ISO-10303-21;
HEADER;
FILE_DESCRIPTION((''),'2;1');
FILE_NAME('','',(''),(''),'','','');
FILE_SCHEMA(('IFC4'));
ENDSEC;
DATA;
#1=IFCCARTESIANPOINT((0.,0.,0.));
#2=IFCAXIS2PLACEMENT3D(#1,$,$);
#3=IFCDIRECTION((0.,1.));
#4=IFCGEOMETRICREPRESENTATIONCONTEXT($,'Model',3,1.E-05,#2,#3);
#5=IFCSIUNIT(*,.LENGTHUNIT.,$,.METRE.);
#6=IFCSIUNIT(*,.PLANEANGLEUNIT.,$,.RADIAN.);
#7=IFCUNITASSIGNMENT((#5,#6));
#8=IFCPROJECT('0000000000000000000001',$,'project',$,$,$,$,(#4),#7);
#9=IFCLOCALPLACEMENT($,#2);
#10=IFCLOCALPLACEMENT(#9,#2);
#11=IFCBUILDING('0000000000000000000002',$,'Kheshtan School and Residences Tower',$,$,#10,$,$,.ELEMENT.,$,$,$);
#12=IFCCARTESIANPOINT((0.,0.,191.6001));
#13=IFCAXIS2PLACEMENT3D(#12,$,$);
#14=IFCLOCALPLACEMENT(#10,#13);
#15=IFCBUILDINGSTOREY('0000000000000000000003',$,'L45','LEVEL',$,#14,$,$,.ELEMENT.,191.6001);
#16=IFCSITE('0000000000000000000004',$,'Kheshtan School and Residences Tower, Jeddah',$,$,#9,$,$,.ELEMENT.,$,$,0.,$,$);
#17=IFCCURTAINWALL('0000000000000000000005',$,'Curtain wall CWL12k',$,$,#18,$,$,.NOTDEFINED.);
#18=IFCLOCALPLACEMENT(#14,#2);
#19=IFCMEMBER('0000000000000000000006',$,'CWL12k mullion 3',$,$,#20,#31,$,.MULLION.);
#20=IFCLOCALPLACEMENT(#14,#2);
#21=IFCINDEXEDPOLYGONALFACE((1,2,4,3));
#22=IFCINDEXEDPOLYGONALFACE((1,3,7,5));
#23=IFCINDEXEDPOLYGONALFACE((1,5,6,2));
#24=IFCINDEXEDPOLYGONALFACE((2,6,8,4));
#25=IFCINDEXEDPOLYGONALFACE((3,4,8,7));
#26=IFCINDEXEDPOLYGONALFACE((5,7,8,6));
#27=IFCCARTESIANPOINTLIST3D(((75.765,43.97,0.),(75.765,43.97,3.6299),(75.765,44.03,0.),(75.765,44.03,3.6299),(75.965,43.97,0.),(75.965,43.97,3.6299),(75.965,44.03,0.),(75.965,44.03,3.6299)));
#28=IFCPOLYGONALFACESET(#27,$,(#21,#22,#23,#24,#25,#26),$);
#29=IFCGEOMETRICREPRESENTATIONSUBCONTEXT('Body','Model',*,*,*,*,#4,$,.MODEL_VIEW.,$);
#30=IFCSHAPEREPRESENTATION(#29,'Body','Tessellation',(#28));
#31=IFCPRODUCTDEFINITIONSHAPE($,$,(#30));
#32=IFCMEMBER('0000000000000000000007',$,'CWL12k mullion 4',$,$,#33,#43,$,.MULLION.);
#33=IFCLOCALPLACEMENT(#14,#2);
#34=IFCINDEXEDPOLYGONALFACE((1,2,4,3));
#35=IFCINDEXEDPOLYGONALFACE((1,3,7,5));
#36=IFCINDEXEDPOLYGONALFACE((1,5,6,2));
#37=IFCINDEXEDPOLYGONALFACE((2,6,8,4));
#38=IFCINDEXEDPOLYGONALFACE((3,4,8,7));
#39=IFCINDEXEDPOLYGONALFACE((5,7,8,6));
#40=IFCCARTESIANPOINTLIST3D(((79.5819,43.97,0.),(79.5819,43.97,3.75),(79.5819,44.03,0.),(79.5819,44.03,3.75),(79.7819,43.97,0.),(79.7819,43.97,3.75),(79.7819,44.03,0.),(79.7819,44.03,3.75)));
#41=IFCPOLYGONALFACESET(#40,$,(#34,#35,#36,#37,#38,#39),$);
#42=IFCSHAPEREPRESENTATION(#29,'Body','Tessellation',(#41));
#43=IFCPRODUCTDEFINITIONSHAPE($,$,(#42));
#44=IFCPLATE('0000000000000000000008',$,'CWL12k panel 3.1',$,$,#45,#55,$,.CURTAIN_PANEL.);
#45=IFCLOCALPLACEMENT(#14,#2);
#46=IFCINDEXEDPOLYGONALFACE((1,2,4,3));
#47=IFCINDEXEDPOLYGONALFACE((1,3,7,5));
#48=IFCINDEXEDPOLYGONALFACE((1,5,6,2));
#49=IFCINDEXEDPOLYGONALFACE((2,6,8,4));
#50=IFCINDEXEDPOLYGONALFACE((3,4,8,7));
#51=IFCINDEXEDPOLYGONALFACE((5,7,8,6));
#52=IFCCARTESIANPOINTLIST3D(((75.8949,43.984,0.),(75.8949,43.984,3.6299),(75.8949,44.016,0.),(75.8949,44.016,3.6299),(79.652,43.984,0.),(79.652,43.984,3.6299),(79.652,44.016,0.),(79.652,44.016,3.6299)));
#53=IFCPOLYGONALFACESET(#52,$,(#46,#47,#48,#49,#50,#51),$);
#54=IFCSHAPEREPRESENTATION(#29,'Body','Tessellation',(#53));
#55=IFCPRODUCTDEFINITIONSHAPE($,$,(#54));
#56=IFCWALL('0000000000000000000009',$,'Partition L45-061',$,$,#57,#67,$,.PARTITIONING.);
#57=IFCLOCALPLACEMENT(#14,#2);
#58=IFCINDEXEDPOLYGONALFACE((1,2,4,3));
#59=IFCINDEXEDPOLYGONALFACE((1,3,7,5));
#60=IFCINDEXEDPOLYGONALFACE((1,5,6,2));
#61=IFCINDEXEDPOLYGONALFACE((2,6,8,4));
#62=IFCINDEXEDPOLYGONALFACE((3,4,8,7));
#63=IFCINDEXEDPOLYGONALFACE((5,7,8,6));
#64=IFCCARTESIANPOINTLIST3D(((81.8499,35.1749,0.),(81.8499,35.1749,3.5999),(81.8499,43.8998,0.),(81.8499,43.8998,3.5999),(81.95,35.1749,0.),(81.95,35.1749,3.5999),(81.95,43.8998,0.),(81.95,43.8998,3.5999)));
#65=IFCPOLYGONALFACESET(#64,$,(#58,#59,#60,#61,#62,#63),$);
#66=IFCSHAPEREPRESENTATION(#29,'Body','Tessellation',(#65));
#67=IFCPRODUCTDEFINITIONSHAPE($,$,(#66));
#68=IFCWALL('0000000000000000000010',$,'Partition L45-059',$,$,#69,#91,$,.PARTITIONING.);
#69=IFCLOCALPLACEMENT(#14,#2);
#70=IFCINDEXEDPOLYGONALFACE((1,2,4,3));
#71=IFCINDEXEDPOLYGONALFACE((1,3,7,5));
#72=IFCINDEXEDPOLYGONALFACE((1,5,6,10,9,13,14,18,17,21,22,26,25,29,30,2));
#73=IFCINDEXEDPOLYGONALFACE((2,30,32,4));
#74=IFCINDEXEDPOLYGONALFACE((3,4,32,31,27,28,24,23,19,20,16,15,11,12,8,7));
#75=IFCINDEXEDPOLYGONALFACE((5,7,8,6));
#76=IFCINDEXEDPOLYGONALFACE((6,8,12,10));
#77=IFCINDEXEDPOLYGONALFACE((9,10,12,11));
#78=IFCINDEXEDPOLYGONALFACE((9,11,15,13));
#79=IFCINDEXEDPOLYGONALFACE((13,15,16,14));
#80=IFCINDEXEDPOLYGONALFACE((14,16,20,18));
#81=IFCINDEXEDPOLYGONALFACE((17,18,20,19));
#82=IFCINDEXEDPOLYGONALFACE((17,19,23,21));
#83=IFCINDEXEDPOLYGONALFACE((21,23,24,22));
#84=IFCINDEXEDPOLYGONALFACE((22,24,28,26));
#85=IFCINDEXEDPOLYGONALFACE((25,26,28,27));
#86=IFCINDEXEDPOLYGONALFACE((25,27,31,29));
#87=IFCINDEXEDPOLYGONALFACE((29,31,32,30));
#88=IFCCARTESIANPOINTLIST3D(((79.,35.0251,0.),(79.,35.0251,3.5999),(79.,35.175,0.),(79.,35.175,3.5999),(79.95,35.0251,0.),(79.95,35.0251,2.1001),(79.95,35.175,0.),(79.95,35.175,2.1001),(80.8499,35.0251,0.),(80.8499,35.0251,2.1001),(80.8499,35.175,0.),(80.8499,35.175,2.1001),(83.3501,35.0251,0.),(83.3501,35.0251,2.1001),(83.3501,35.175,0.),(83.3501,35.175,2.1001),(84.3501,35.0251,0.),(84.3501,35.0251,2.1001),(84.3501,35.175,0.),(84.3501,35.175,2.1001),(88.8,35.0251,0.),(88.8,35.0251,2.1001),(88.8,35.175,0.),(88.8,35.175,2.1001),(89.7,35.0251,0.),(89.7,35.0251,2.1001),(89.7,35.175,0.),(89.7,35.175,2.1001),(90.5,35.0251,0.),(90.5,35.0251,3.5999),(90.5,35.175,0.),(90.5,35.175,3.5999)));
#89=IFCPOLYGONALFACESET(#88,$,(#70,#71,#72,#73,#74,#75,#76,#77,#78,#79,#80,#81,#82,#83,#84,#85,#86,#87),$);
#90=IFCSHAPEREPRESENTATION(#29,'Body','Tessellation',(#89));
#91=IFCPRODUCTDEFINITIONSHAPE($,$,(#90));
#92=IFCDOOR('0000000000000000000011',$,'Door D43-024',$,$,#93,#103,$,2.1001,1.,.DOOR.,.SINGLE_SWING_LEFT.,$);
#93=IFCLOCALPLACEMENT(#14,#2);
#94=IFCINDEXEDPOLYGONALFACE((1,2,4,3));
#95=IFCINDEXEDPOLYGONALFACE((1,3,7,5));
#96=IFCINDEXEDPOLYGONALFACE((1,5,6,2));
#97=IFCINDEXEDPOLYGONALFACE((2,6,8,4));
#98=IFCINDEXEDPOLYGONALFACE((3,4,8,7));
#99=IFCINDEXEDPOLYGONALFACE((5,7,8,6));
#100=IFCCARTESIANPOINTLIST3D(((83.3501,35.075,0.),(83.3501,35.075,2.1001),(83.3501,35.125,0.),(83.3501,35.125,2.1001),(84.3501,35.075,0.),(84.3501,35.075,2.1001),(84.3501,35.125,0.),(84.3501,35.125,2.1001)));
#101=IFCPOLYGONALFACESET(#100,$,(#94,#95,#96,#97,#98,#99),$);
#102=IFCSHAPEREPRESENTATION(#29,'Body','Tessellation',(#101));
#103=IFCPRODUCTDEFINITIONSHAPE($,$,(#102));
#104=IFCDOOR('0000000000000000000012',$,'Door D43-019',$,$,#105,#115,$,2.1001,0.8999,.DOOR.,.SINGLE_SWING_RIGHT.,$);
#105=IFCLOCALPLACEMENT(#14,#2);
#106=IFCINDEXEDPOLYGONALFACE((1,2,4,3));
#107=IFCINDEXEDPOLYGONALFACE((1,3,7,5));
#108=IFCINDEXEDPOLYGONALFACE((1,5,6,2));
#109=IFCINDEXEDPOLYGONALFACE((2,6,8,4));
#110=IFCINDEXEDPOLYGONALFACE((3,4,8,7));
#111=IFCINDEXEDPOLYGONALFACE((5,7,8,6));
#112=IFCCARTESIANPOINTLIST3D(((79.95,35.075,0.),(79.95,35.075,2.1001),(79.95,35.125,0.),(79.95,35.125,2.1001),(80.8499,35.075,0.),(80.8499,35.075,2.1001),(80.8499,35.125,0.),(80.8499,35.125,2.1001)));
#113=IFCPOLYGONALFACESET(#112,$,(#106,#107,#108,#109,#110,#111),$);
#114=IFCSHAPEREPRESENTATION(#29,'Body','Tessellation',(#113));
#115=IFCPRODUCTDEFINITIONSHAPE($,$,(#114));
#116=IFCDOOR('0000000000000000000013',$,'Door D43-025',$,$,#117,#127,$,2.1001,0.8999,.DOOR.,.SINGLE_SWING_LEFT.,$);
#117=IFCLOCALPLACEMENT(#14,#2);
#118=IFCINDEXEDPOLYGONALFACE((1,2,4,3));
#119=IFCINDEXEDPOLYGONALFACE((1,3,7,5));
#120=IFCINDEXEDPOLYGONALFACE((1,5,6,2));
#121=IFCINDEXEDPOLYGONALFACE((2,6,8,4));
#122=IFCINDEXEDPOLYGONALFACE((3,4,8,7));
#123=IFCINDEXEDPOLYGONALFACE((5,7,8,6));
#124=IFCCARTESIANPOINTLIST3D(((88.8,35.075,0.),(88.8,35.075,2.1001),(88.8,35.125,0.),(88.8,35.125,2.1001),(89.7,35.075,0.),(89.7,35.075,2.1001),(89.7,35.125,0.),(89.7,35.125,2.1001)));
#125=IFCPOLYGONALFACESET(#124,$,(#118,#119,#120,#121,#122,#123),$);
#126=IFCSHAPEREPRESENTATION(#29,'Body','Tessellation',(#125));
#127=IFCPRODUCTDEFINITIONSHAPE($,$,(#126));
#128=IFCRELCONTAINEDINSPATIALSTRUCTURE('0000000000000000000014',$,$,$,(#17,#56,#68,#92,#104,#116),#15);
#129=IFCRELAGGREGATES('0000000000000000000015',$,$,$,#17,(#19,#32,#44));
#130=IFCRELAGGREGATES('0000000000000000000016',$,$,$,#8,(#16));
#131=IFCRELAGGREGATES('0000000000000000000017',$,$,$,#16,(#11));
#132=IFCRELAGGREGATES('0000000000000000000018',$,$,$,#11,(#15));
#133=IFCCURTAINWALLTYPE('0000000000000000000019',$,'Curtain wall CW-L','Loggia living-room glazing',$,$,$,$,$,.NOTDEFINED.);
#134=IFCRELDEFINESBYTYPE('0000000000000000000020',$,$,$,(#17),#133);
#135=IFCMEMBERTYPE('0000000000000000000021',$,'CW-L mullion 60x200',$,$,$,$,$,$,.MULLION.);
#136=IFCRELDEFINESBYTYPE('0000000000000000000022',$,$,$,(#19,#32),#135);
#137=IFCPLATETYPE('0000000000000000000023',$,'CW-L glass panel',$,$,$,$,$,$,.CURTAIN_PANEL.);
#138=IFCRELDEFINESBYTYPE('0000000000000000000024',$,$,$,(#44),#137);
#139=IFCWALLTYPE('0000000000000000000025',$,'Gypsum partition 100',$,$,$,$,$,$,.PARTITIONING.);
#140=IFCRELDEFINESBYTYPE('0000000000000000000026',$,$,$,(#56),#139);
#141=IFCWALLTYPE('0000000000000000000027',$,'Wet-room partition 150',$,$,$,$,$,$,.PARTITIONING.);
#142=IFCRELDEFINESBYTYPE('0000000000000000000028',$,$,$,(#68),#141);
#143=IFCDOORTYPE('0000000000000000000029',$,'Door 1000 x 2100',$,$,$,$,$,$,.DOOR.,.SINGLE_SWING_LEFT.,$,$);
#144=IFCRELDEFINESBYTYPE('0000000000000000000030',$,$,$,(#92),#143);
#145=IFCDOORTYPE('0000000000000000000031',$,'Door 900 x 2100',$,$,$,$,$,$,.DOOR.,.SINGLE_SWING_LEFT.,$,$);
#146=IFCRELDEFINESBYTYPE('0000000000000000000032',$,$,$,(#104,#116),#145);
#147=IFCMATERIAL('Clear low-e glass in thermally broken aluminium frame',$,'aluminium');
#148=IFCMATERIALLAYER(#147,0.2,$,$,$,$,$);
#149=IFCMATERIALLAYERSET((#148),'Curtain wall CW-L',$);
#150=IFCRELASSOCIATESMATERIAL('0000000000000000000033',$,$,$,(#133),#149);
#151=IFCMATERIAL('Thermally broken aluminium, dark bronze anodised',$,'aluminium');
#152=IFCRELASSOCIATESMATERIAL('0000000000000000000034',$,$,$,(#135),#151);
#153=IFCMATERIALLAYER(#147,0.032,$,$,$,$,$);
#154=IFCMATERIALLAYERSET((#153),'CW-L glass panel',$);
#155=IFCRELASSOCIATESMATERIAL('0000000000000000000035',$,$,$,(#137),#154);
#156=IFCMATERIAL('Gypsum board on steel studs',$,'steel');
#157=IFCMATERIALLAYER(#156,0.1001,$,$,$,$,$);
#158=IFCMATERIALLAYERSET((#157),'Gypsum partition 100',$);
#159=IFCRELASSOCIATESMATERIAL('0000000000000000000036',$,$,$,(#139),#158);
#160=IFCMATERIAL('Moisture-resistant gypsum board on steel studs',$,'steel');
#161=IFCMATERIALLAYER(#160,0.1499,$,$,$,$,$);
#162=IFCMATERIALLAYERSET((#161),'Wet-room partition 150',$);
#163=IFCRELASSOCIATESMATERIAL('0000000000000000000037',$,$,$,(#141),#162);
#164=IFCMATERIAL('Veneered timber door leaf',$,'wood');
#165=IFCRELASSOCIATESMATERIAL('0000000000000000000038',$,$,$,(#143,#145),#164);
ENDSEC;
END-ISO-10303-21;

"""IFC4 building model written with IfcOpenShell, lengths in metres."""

from ifc_helpers import new_model, si_unit, direction, frame, frame_2d, origin, origin_2d, place, context, subcontext, project, spatial, rectangle, extrude, source, transform, mapped, material, layer, layer_set, material_profile, profile_set, type_object, element, fill, aggregate, save


model = new_model("IFC4")

# Units and contexts
model_context = context("Model", 3, precision=1e-05, world=origin(), true_north=direction((0.0, 1.0)))
body_context = subcontext(model_context, "Body", "Model", "MODEL_VIEW")
ifc_project = project(units=[si_unit("LENGTHUNIT", "METRE"), si_unit("PLANEANGLEUNIT", "RADIAN")], contexts=[model_context])

# Site, building, storey
site_placement = place(None, origin())
site = spatial("IfcSite", under=ifc_project, at=site_placement, Name="Kheshtan School and Residences Tower, Jeddah", CompositionType="ELEMENT", RefElevation=0.0)
building_placement = place(site_placement, origin())
building = spatial("IfcBuilding", under=site, at=building_placement, Name="Kheshtan School and Residences Tower", CompositionType="ELEMENT")
storey_placement = place(building_placement, frame((0.0, 0.0, 191.6001)))
storey = spatial("IfcBuildingStorey", under=building, at=storey_placement, Name="L45", Description="LEVEL", CompositionType="ELEMENT", Elevation=191.6001)

# Curtain wall, members, plate
ifc_material_1 = material(Name="Clear low-e glass in thermally broken aluminium frame", Category="aluminium")
ifc_layer_1 = layer(ifc_material_1, 0.2)
ifc_layer_set_1 = layer_set([ifc_layer_1], Name="Curtain wall CW-L")
curtain_wall_type = type_object("IfcCurtainWallType", Name="Curtain wall CW-L", Description="Loggia living-room glazing", PredefinedType="NOTDEFINED", material=ifc_layer_set_1)
curtain_wall_placement = place(storey_placement, origin())
curtain_wall = element("IfcCurtainWall", 1, at=curtain_wall_placement, inside=storey, type_object=curtain_wall_type, Name="Curtain wall CWL12k", PredefinedType="NOTDEFINED")
ifc_material_2 = material(Name="Thermally broken aluminium, dark bronze anodised", Category="aluminium")
ifc_material_profile_1 = material_profile(ifc_material_2, rectangle(XDim=0.0601, YDim=0.2, at=origin_2d()), Name="CW-L mullion 60x200")
ifc_profile_set_1 = profile_set([ifc_material_profile_1], Name="Thermally broken aluminium, dark bronze anodised")
member_type = type_object("IfcMemberType", Name="CW-L mullion 60x200", PredefinedType="MULLION", material=ifc_profile_set_1)
member_1_placement = place(storey_placement, frame((75.865, 44.0, 0.0), z_axis=(0.0, 0.0, 1.0), x_axis=(0.0, 1.0, 0.0)))
member_1 = element("IfcMember", 2, at=member_1_placement, type_object=member_type, Name="CWL12k mullion 3", PredefinedType="MULLION", context=body_context, shape_type="SweptSolid", body=[
    extrude(rectangle(XDim=0.0601, YDim=0.2, at=origin_2d()), origin(), (0.0, 0.0, 1.0), 3.6299),
])
member_2_placement = place(storey_placement, frame((79.6819, 44.0, 0.0), z_axis=(0.0, 0.0, 1.0), x_axis=(0.0, 1.0, 0.0)))
member_2 = element("IfcMember", 3, at=member_2_placement, type_object=member_type, Name="CWL12k mullion 4", PredefinedType="MULLION", context=body_context, shape_type="SweptSolid", body=[
    extrude(rectangle(XDim=0.0601, YDim=0.2, at=origin_2d()), origin(), (0.0, 0.0, 1.0), 3.75),
])
ifc_layer_2 = layer(ifc_material_1, 0.032)
ifc_layer_set_2 = layer_set([ifc_layer_2], Name="CW-L glass panel")
plate_type = type_object("IfcPlateType", Name="CW-L glass panel", PredefinedType="CURTAIN_PANEL", material=ifc_layer_set_2)
plate_placement = place(storey_placement, frame((77.7734, 44.0, 0.0), z_axis=(0.0, 0.0, 1.0), x_axis=(1.0, 0.0, 0.0)))
plate = element("IfcPlate", 4, at=plate_placement, type_object=plate_type, Name="CWL12k panel 3.1", PredefinedType="CURTAIN_PANEL", context=body_context, shape_type="SweptSolid", body=[
    extrude(rectangle(XDim=3.7571, YDim=0.032, at=origin_2d()), origin(), (0.0, 0.0, 1.0), 3.6299),
])
aggregate(curtain_wall, [member_1, member_2, plate])

# Wall
ifc_material_3 = material(Name="Gypsum board on steel studs", Category="steel")
ifc_layer_3 = layer(ifc_material_3, 0.1001)
ifc_layer_set_3 = layer_set([ifc_layer_3], Name="Gypsum partition 100")
wall_type_1 = type_object("IfcWallType", Name="Gypsum partition 100", PredefinedType="PARTITIONING", material=ifc_layer_set_3)
wall_1_placement = place(storey_placement, frame((81.8999, 35.175, 0.0), z_axis=(0.0, 0.0, 1.0), x_axis=(0.0, 1.0, 0.0)))
element("IfcWall", 5, at=wall_1_placement, inside=storey, type_object=wall_type_1, Name="Partition L45-061", PredefinedType="PARTITIONING", context=body_context, shape_type="SweptSolid", body=[
    extrude(rectangle(XDim=8.7249, YDim=0.1001, at=frame_2d((4.3623, 0.0))), origin(), (0.0, 0.0, 1.0), 3.5999),
])

# Wall, openings, doors
ifc_material_4 = material(Name="Moisture-resistant gypsum board on steel studs", Category="steel")
ifc_layer_4 = layer(ifc_material_4, 0.1499)
ifc_layer_set_4 = layer_set([ifc_layer_4], Name="Wet-room partition 150")
wall_type_2 = type_object("IfcWallType", Name="Wet-room partition 150", PredefinedType="PARTITIONING", material=ifc_layer_set_4)
wall_2_placement = place(storey_placement, frame((79.0, 35.1001, 0.0), z_axis=(0.0, 0.0, 1.0), x_axis=(1.0, 0.0, 0.0)))
wall_2 = element("IfcWall", 6, at=wall_2_placement, inside=storey, type_object=wall_type_2, Name="Partition L45-059", PredefinedType="PARTITIONING", context=body_context, shape_type="SweptSolid", body=[
    extrude(rectangle(XDim=11.5, YDim=0.1499, at=frame_2d((5.75, 0.0))), origin(), (0.0, 0.0, 1.0), 3.5999),
])
opening_1_placement = place(wall_2_placement, frame((0.95, 0.0, 0.0)))
opening_1 = element("IfcOpeningElement", 7, at=opening_1_placement, cuts=wall_2, PredefinedType="OPENING", context=body_context, shape_type="SweptSolid", body=[
    extrude(rectangle(XDim=0.8999, YDim=2.1001, at=frame_2d((0.45, 1.05))), frame((0.0, 0.085, 0.0), z_axis=(0.0, -1.0, 0.0), x_axis=(1.0, 0.0, 0.0)), (0.0, 0.0, 1.0), 0.1699),
])
opening_2_placement = place(wall_2_placement, frame((4.3501, 0.0, 0.0)))
opening_2 = element("IfcOpeningElement", 8, at=opening_2_placement, cuts=wall_2, PredefinedType="OPENING", context=body_context, shape_type="SweptSolid", body=[
    extrude(rectangle(XDim=1.0, YDim=2.1001, at=frame_2d((0.5, 1.05))), frame((0.0, 0.085, 0.0), z_axis=(0.0, -1.0, 0.0), x_axis=(1.0, 0.0, 0.0)), (0.0, 0.0, 1.0), 0.1699),
])
opening_3_placement = place(wall_2_placement, frame((9.8, 0.0, 0.0)))
opening_3 = element("IfcOpeningElement", 9, at=opening_3_placement, cuts=wall_2, PredefinedType="OPENING", context=body_context, shape_type="SweptSolid", body=[
    extrude(rectangle(XDim=0.8999, YDim=2.1001, at=frame_2d((0.45, 1.05))), frame((0.0, 0.085, 0.0), z_axis=(0.0, -1.0, 0.0), x_axis=(1.0, 0.0, 0.0)), (0.0, 0.0, 1.0), 0.1699),
])
ifc_material_5 = material(Name="Veneered timber door leaf", Category="wood")
door_type_1 = type_object("IfcDoorType", Name="Door 1000 x 2100", OperationType="SINGLE_SWING_LEFT", PredefinedType="DOOR", material=ifc_material_5)
shared_shape_1 = source(origin(), body_context, "Body", "SweptSolid", [
    extrude(rectangle(XDim=1.0, YDim=2.1001, at=frame_2d((0.5, 1.05))), frame((0.0, 0.0249, 0.0), z_axis=(0.0, -1.0, 0.0), x_axis=(1.0, 0.0, 0.0)), (0.0, 0.0, 1.0), 0.05),
])
door_1_placement = place(opening_2_placement, origin())
door_1 = element("IfcDoor", 10, at=door_1_placement, inside=storey, type_object=door_type_1, Name="Door D43-024", OperationType="SINGLE_SWING_LEFT", OverallHeight=2.1001, OverallWidth=1.0, PredefinedType="DOOR", context=body_context, shape_type="MappedRepresentation", body=[
    mapped(shared_shape_1, transform((0.0, 0.0, 0.0), x_axis=(1.0, 0.0, 0.0), y_axis=(0.0, 1.0, 0.0), z_axis=(0.0, 0.0, 1.0), scale=1.0)),
])
fill(opening_2, door_1)
door_type_2 = type_object("IfcDoorType", Name="Door 900 x 2100", OperationType="SINGLE_SWING_LEFT", PredefinedType="DOOR", material=ifc_material_5)
shared_shape_2 = source(origin(), body_context, "Body", "SweptSolid", [
    extrude(rectangle(XDim=0.8999, YDim=2.1001, at=frame_2d((0.45, 1.05))), frame((0.0, 0.0249, 0.0), z_axis=(0.0, -1.0, 0.0), x_axis=(1.0, 0.0, 0.0)), (0.0, 0.0, 1.0), 0.05),
])
door_2_placement = place(opening_1_placement, origin())
door_2 = element("IfcDoor", 11, at=door_2_placement, inside=storey, type_object=door_type_2, Name="Door D43-019", OperationType="SINGLE_SWING_RIGHT", OverallHeight=2.1001, OverallWidth=0.8999, PredefinedType="DOOR", context=body_context, shape_type="MappedRepresentation", body=[
    mapped(shared_shape_2, transform((0.0, 0.0, 0.0), x_axis=(1.0, 0.0, 0.0), y_axis=(0.0, 1.0, 0.0), z_axis=(0.0, 0.0, 1.0), scale=1.0)),
])
fill(opening_1, door_2)
door_3_placement = place(opening_3_placement, origin())
door_3 = element("IfcDoor", 12, at=door_3_placement, inside=storey, type_object=door_type_2, Name="Door D43-025", OperationType="SINGLE_SWING_LEFT", OverallHeight=2.1001, OverallWidth=0.8999, PredefinedType="DOOR", context=body_context, shape_type="MappedRepresentation", body=[
    mapped(shared_shape_2, transform((0.0, 0.0, 0.0), x_axis=(1.0, 0.0, 0.0), y_axis=(0.0, 1.0, 0.0), z_axis=(0.0, 0.0, 1.0), scale=1.0)),
])
fill(opening_3, door_3)

save(model, "model.ifc")
